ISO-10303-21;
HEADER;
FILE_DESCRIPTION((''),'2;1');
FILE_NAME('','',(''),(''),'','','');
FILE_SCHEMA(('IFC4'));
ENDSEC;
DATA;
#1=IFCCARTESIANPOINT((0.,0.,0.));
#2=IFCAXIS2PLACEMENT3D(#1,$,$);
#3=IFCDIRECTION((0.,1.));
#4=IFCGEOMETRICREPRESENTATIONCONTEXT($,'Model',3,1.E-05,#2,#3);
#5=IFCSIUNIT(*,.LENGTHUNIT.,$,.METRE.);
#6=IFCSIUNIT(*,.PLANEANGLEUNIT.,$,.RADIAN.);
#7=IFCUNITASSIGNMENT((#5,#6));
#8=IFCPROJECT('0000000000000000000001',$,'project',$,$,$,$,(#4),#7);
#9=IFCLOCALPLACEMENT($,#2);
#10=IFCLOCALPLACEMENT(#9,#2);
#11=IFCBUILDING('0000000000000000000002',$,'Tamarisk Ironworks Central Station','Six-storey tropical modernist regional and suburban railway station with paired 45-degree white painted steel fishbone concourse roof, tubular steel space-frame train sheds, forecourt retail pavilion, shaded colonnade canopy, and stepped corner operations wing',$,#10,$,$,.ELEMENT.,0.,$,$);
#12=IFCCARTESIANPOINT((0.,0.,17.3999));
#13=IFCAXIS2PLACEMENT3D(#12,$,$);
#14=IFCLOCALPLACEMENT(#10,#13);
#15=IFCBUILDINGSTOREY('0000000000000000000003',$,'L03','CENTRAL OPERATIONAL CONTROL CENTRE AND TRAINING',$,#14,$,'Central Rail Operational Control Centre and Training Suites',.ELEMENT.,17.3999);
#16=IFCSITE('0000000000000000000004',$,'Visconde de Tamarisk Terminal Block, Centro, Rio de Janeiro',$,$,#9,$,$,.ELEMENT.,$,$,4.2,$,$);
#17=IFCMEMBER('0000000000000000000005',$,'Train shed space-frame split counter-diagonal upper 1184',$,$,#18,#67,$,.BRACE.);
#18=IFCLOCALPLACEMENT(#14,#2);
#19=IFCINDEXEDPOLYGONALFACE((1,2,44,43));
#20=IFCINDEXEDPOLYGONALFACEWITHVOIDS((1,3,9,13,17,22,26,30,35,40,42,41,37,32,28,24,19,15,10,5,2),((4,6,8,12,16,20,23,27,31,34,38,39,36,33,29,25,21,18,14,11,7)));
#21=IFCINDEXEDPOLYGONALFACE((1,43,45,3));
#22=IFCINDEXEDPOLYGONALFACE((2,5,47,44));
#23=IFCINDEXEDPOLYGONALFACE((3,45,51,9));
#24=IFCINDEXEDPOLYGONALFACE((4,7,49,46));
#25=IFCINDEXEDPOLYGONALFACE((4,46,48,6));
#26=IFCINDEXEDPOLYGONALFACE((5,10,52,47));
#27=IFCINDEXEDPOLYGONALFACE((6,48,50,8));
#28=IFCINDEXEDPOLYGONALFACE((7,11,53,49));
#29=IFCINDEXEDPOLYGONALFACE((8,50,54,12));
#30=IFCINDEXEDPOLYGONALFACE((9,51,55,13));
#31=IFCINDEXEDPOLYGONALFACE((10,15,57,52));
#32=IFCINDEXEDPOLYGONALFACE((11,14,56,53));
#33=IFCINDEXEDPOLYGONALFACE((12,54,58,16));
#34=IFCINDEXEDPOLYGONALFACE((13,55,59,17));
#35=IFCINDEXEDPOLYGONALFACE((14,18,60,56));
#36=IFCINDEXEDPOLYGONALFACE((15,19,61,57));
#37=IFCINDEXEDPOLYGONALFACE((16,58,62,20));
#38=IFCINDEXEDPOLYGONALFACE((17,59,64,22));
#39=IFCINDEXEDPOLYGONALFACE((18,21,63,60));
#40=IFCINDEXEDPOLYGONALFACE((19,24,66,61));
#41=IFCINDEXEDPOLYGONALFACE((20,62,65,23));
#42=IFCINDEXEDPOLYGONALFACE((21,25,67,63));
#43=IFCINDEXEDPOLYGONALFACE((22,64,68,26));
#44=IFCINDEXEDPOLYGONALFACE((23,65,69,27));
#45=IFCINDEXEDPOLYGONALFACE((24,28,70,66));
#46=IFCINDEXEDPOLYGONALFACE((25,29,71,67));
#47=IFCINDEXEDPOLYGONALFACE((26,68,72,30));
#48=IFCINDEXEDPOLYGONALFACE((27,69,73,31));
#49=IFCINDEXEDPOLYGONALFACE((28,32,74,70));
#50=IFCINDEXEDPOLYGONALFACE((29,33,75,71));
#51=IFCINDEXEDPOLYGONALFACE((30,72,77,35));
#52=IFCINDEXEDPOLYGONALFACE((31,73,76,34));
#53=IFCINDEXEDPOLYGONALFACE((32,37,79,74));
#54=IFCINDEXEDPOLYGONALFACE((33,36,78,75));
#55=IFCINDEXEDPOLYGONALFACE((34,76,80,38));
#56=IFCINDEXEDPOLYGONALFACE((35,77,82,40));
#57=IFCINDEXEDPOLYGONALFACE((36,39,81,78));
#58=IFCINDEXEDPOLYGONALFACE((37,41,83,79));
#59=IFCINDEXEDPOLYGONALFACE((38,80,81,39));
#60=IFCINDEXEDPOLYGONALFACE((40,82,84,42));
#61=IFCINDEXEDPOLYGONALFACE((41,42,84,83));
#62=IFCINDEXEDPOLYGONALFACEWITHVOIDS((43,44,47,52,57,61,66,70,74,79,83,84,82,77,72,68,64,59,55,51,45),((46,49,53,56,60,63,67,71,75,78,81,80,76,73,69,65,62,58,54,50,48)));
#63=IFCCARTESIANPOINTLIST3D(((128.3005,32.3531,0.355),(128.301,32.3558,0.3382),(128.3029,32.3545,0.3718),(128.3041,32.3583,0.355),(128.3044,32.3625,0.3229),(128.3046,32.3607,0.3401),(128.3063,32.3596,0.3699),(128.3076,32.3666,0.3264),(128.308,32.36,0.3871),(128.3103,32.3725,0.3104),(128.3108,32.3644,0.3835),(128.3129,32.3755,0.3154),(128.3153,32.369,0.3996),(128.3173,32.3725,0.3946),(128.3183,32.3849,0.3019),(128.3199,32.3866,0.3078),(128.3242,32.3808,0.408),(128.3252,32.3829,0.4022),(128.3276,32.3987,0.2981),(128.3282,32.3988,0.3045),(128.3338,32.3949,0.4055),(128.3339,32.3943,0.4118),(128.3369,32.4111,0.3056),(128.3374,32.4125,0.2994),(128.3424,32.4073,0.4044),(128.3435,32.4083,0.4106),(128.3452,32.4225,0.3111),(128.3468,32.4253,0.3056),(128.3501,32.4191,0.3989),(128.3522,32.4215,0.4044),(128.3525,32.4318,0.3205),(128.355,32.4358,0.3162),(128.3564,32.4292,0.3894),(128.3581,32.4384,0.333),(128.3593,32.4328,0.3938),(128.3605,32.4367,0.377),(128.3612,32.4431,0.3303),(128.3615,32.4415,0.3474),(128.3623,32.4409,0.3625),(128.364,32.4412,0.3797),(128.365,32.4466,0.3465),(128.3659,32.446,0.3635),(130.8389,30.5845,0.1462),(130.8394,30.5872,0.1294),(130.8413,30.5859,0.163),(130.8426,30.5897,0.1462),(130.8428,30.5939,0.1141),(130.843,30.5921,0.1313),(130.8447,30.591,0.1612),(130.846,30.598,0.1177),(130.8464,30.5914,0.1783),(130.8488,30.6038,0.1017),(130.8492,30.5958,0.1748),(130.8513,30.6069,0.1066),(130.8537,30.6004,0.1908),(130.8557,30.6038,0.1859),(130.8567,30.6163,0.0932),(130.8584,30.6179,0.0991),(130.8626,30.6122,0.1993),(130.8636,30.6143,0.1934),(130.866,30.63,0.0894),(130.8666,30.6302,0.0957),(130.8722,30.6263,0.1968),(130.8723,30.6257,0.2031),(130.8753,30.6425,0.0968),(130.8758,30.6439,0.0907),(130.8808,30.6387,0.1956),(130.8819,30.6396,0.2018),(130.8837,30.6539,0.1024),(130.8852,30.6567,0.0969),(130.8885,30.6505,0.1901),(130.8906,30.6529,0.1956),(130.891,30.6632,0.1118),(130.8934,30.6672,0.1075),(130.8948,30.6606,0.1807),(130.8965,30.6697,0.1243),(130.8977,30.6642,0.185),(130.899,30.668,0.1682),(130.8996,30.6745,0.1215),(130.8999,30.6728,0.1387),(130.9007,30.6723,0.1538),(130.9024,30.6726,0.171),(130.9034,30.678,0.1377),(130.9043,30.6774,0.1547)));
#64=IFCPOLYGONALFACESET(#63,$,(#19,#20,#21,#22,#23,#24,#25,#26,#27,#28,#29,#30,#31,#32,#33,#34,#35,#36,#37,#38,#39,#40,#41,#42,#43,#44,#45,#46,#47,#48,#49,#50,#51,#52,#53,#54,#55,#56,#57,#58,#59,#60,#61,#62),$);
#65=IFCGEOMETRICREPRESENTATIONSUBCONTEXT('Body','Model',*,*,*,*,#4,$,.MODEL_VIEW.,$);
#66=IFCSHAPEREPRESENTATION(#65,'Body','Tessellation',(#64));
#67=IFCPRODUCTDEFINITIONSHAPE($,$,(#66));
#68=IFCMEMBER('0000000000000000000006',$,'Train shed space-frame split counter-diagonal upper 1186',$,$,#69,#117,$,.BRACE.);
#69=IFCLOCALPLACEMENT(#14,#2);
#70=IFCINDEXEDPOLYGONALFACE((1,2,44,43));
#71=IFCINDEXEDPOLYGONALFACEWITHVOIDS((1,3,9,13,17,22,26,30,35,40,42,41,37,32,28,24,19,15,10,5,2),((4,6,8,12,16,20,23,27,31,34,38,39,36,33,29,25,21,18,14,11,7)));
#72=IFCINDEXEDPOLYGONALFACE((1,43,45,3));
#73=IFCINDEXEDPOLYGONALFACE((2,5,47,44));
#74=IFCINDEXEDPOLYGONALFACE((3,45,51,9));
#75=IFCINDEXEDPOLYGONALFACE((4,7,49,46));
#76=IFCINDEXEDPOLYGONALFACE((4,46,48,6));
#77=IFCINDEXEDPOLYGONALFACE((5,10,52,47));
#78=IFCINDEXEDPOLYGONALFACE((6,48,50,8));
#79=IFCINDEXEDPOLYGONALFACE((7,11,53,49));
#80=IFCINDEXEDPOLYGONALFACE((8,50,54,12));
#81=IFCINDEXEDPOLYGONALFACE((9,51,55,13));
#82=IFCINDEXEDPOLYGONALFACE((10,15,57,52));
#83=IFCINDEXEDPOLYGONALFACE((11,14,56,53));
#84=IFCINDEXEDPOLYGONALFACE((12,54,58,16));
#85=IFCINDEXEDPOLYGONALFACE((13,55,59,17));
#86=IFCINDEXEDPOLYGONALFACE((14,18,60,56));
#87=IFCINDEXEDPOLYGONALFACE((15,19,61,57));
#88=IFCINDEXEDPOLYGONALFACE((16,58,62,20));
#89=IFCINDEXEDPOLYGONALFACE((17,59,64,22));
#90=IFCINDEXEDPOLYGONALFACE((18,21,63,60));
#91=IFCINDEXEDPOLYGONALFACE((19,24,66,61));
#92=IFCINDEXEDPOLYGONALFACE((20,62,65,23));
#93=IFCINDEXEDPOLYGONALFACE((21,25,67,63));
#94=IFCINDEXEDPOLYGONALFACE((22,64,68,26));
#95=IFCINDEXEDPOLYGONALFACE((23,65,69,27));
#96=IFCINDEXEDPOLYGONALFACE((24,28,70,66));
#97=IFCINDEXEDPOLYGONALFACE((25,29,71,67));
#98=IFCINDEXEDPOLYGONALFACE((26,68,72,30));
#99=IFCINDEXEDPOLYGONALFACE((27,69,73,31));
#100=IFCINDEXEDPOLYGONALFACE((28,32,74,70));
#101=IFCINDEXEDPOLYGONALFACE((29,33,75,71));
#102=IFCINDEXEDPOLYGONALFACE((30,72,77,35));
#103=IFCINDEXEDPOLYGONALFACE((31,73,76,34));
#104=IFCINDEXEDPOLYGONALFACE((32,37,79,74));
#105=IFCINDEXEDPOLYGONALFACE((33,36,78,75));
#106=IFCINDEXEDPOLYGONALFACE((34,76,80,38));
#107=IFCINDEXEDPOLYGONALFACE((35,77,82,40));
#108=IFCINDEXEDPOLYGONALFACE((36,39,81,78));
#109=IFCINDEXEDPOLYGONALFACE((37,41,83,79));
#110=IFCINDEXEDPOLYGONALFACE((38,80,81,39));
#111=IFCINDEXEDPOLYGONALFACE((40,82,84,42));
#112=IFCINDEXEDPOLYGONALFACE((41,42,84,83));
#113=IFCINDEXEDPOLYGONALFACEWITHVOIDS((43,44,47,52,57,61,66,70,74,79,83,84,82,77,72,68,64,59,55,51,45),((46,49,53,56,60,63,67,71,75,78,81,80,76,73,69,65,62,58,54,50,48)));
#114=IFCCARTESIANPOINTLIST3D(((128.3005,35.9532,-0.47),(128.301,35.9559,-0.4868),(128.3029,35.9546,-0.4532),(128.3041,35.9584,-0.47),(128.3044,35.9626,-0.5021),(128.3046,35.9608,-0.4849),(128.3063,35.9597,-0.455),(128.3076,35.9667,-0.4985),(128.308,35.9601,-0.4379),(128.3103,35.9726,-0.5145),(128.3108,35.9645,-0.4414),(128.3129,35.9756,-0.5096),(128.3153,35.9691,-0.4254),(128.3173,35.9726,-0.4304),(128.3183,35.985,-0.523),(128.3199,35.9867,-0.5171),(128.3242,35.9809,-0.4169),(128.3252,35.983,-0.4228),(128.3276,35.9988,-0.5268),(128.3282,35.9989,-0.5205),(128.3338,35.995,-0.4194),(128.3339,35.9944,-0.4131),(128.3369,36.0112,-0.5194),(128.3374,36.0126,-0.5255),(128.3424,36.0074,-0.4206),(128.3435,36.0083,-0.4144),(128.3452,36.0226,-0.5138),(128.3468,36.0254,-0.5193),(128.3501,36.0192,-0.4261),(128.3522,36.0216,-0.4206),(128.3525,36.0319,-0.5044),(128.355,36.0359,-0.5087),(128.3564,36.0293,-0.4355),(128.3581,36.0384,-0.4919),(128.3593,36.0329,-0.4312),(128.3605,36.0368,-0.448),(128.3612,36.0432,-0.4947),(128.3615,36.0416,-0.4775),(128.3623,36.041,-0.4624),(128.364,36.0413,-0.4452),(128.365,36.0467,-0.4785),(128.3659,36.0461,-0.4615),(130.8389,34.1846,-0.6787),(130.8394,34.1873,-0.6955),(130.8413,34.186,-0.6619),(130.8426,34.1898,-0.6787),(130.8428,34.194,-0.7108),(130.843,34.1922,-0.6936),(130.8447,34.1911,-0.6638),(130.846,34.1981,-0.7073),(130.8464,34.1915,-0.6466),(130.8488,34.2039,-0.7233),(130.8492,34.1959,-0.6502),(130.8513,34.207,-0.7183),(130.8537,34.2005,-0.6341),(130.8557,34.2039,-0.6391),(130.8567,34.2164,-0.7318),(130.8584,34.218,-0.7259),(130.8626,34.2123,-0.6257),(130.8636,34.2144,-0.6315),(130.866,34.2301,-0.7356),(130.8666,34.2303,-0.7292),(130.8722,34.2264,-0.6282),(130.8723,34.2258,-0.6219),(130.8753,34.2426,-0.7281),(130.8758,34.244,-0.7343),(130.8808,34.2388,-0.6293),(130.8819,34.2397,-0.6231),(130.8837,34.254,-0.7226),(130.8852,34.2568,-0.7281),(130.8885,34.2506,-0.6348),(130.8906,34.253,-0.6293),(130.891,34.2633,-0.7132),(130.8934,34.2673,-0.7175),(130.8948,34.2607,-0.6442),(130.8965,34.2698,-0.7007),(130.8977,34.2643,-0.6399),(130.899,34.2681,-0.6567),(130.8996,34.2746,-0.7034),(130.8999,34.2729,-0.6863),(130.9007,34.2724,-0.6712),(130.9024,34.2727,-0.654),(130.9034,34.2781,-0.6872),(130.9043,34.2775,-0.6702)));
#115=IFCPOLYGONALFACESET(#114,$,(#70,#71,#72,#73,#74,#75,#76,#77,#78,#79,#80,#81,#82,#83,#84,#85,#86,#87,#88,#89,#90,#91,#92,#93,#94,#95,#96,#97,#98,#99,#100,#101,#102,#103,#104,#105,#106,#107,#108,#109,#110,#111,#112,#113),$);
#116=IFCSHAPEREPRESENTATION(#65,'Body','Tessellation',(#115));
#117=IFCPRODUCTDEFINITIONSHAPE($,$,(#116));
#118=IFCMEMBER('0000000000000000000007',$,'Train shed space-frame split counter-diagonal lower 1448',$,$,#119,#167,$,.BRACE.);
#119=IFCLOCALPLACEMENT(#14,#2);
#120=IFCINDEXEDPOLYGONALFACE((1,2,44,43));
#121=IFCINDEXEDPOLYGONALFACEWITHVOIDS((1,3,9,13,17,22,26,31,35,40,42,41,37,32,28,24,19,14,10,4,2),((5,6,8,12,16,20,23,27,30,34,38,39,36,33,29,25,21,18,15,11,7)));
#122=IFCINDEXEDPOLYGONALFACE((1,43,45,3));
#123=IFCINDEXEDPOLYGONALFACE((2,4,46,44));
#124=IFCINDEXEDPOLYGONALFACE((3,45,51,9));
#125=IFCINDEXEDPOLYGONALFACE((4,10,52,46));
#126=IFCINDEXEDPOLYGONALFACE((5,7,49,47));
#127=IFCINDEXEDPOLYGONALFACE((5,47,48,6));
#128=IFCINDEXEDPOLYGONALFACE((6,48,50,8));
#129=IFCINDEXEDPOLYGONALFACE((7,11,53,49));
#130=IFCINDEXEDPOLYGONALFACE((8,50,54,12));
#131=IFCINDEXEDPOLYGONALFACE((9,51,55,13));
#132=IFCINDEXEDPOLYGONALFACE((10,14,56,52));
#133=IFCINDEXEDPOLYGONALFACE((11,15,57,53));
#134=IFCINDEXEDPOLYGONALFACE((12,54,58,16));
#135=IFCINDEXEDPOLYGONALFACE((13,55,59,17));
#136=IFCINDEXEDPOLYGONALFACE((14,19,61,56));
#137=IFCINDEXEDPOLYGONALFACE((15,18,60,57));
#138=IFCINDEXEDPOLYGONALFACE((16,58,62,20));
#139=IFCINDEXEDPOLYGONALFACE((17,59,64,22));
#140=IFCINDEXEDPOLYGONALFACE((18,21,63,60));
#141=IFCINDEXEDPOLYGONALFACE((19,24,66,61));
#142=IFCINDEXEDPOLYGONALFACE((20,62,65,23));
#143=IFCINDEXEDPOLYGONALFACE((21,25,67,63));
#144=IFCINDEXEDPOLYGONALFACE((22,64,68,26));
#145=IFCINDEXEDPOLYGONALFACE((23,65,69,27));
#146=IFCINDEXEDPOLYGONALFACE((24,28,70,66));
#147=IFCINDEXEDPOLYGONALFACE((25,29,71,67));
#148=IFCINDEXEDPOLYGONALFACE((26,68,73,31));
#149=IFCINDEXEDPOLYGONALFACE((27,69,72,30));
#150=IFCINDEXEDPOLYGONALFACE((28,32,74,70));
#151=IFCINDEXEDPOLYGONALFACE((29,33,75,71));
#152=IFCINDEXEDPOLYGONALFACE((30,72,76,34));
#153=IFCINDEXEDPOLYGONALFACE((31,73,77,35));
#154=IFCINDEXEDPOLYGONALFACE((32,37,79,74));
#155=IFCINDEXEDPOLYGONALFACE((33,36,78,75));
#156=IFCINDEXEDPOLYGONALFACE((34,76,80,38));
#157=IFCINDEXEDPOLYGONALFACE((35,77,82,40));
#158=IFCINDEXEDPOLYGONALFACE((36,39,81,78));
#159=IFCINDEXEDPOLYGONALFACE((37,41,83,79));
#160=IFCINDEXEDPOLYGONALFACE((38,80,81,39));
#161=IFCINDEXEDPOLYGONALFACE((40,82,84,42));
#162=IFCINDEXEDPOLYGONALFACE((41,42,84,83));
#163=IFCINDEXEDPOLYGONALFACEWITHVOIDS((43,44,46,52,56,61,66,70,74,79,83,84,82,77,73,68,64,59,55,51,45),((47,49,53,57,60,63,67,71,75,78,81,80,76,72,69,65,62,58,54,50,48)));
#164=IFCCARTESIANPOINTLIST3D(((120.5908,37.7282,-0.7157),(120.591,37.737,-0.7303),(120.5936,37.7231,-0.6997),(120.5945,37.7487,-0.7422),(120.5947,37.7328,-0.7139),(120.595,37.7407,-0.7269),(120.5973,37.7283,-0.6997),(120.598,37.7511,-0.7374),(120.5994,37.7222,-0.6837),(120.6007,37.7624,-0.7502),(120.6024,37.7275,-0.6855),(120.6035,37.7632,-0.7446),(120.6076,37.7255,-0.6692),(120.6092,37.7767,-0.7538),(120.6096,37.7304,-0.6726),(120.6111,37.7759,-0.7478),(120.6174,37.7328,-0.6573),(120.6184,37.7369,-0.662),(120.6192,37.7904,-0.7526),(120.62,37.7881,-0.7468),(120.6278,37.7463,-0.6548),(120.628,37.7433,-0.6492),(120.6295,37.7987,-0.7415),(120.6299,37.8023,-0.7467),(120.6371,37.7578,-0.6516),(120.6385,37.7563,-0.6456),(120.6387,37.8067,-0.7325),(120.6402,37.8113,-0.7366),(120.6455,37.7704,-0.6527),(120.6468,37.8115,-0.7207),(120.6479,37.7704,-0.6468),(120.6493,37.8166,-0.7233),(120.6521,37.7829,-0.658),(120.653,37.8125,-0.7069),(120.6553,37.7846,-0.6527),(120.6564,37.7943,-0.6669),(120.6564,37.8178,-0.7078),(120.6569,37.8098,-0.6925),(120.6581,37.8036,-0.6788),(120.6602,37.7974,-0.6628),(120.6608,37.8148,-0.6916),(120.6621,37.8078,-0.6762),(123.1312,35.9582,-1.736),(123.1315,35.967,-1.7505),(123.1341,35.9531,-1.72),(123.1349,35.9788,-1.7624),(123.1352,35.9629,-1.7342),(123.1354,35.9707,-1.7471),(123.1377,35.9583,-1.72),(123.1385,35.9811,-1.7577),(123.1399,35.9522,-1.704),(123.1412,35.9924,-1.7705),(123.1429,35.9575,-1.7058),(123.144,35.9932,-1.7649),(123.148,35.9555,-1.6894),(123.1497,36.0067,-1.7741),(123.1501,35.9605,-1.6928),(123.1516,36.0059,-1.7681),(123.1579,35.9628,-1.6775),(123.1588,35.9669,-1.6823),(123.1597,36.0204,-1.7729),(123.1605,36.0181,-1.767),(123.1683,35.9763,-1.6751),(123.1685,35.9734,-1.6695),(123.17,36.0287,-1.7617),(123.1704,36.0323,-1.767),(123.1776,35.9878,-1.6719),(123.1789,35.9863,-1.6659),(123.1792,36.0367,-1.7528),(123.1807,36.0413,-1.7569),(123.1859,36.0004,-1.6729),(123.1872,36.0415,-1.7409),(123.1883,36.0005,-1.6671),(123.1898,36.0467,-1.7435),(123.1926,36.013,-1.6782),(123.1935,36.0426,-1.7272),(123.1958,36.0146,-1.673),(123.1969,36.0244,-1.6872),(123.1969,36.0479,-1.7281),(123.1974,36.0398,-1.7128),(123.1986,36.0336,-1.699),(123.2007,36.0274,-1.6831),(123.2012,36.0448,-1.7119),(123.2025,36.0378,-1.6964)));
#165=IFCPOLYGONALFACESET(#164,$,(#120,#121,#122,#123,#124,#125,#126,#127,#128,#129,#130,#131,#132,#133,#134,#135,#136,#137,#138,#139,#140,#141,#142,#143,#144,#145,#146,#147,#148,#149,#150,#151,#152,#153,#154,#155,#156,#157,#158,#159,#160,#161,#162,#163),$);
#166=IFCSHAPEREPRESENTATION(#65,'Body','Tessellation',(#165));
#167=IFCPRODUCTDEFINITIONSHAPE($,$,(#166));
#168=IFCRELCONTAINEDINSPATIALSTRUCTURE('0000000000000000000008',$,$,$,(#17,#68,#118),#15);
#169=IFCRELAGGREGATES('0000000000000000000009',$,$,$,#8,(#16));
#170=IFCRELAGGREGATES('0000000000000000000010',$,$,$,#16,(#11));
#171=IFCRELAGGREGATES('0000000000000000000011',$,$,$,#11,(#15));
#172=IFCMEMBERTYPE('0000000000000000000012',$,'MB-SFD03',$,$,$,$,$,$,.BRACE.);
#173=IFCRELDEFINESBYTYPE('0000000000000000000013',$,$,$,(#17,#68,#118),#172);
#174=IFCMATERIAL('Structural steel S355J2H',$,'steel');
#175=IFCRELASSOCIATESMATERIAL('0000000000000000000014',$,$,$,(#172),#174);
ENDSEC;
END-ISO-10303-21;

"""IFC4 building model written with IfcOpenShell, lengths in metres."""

from ifc_helpers import new_model, si_unit, direction, frame, origin, origin_2d, place, context, subcontext, project, spatial, hollow_circle, extrude, material, material_profile, profile_set, type_object, element, save


model = new_model("IFC4")

# Units and contexts
model_context = context("Model", 3, precision=1e-05, world=origin(), true_north=direction((0.0, 1.0)))
body_context = subcontext(model_context, "Body", "Model", "MODEL_VIEW")
ifc_project = project(units=[si_unit("LENGTHUNIT", "METRE"), si_unit("PLANEANGLEUNIT", "RADIAN")], contexts=[model_context])

# Site, building, storey
site_placement = place(None, origin())
site = spatial("IfcSite", under=ifc_project, at=site_placement, Name="Visconde de Tamarisk Terminal Block, Centro, Rio de Janeiro", CompositionType="ELEMENT", RefElevation=4.2)
building_placement = place(site_placement, origin())
building = spatial("IfcBuilding", under=site, at=building_placement, Name="Tamarisk Ironworks Central Station", Description="Six-storey tropical modernist regional and suburban railway station with paired 45-degree white painted steel fishbone concourse roof, tubular steel space-frame train sheds, forecourt retail pavilion, shaded colonnade canopy, and stepped corner operations wing", CompositionType="ELEMENT", ElevationOfRefHeight=0.0)
storey_placement = place(building_placement, frame((0.0, 0.0, 17.3999)))
storey = spatial("IfcBuildingStorey", under=building, at=storey_placement, Name="L03", Description="CENTRAL OPERATIONAL CONTROL CENTRE AND TRAINING", LongName="Central Rail Operational Control Centre and Training Suites", CompositionType="ELEMENT", Elevation=17.3999)

# Members
ifc_material_1 = material(Name="Structural steel S355J2H", Category="steel")
ifc_material_profile_1 = material_profile(ifc_material_1, hollow_circle(Radius=0.0571, WallThickness=0.0063, at=origin_2d()), Name="CHS 114.3x6.3")
ifc_profile_set_1 = profile_set([ifc_material_profile_1], Name="Structural steel S355J2H")
member_type_1 = type_object("IfcMemberType", Name="MB-SFD03", PredefinedType="BRACE", material=ifc_profile_set_1)
for number, where, z_axis, x_axis, name in (
    (1, (130.8716, 30.6313, 0.1462), (-0.818625, 0.570369, 0.06732), (-0.571666, -0.820487, 0.0), "Train shed space-frame split counter-diagonal upper 1184"),
    (2, (130.8716, 34.2314, -0.6787), (-0.818625, 0.570369, 0.06732), (-0.571666, -0.820487, 0.0), "Train shed space-frame split counter-diagonal upper 1186"),
):
    element("IfcMember", number, at=place(storey_placement, frame(where, z_axis=z_axis, x_axis=x_axis)), inside=storey, type_object=member_type_1, Name=name, PredefinedType="BRACE", context=body_context, shape_type="SweptSolid", body=[
        extrude(hollow_circle(Radius=0.0571, WallThickness=0.0063, at=origin_2d()), origin(), (0.0, 0.0, 1.0), 3.1008),
    ])
for number, where, z_axis, x_axis, name in (
    (3, (123.1667, 36.0, -1.72), (-0.779281, 0.542936, 0.312956), (-0.571651, -0.820497, 0.0), "Train shed space-frame split counter-diagonal lower 1448"),
):
    element("IfcMember", number, at=place(storey_placement, frame(where, z_axis=z_axis, x_axis=x_axis)), inside=storey, type_object=member_type_1, Name=name, PredefinedType="BRACE", context=body_context, shape_type="SweptSolid", body=[
        extrude(hollow_circle(Radius=0.0571, WallThickness=0.0063, at=origin_2d()), origin(), (0.0, 0.0, 1.0), 3.26),
    ])

save(model, "model.ifc")
